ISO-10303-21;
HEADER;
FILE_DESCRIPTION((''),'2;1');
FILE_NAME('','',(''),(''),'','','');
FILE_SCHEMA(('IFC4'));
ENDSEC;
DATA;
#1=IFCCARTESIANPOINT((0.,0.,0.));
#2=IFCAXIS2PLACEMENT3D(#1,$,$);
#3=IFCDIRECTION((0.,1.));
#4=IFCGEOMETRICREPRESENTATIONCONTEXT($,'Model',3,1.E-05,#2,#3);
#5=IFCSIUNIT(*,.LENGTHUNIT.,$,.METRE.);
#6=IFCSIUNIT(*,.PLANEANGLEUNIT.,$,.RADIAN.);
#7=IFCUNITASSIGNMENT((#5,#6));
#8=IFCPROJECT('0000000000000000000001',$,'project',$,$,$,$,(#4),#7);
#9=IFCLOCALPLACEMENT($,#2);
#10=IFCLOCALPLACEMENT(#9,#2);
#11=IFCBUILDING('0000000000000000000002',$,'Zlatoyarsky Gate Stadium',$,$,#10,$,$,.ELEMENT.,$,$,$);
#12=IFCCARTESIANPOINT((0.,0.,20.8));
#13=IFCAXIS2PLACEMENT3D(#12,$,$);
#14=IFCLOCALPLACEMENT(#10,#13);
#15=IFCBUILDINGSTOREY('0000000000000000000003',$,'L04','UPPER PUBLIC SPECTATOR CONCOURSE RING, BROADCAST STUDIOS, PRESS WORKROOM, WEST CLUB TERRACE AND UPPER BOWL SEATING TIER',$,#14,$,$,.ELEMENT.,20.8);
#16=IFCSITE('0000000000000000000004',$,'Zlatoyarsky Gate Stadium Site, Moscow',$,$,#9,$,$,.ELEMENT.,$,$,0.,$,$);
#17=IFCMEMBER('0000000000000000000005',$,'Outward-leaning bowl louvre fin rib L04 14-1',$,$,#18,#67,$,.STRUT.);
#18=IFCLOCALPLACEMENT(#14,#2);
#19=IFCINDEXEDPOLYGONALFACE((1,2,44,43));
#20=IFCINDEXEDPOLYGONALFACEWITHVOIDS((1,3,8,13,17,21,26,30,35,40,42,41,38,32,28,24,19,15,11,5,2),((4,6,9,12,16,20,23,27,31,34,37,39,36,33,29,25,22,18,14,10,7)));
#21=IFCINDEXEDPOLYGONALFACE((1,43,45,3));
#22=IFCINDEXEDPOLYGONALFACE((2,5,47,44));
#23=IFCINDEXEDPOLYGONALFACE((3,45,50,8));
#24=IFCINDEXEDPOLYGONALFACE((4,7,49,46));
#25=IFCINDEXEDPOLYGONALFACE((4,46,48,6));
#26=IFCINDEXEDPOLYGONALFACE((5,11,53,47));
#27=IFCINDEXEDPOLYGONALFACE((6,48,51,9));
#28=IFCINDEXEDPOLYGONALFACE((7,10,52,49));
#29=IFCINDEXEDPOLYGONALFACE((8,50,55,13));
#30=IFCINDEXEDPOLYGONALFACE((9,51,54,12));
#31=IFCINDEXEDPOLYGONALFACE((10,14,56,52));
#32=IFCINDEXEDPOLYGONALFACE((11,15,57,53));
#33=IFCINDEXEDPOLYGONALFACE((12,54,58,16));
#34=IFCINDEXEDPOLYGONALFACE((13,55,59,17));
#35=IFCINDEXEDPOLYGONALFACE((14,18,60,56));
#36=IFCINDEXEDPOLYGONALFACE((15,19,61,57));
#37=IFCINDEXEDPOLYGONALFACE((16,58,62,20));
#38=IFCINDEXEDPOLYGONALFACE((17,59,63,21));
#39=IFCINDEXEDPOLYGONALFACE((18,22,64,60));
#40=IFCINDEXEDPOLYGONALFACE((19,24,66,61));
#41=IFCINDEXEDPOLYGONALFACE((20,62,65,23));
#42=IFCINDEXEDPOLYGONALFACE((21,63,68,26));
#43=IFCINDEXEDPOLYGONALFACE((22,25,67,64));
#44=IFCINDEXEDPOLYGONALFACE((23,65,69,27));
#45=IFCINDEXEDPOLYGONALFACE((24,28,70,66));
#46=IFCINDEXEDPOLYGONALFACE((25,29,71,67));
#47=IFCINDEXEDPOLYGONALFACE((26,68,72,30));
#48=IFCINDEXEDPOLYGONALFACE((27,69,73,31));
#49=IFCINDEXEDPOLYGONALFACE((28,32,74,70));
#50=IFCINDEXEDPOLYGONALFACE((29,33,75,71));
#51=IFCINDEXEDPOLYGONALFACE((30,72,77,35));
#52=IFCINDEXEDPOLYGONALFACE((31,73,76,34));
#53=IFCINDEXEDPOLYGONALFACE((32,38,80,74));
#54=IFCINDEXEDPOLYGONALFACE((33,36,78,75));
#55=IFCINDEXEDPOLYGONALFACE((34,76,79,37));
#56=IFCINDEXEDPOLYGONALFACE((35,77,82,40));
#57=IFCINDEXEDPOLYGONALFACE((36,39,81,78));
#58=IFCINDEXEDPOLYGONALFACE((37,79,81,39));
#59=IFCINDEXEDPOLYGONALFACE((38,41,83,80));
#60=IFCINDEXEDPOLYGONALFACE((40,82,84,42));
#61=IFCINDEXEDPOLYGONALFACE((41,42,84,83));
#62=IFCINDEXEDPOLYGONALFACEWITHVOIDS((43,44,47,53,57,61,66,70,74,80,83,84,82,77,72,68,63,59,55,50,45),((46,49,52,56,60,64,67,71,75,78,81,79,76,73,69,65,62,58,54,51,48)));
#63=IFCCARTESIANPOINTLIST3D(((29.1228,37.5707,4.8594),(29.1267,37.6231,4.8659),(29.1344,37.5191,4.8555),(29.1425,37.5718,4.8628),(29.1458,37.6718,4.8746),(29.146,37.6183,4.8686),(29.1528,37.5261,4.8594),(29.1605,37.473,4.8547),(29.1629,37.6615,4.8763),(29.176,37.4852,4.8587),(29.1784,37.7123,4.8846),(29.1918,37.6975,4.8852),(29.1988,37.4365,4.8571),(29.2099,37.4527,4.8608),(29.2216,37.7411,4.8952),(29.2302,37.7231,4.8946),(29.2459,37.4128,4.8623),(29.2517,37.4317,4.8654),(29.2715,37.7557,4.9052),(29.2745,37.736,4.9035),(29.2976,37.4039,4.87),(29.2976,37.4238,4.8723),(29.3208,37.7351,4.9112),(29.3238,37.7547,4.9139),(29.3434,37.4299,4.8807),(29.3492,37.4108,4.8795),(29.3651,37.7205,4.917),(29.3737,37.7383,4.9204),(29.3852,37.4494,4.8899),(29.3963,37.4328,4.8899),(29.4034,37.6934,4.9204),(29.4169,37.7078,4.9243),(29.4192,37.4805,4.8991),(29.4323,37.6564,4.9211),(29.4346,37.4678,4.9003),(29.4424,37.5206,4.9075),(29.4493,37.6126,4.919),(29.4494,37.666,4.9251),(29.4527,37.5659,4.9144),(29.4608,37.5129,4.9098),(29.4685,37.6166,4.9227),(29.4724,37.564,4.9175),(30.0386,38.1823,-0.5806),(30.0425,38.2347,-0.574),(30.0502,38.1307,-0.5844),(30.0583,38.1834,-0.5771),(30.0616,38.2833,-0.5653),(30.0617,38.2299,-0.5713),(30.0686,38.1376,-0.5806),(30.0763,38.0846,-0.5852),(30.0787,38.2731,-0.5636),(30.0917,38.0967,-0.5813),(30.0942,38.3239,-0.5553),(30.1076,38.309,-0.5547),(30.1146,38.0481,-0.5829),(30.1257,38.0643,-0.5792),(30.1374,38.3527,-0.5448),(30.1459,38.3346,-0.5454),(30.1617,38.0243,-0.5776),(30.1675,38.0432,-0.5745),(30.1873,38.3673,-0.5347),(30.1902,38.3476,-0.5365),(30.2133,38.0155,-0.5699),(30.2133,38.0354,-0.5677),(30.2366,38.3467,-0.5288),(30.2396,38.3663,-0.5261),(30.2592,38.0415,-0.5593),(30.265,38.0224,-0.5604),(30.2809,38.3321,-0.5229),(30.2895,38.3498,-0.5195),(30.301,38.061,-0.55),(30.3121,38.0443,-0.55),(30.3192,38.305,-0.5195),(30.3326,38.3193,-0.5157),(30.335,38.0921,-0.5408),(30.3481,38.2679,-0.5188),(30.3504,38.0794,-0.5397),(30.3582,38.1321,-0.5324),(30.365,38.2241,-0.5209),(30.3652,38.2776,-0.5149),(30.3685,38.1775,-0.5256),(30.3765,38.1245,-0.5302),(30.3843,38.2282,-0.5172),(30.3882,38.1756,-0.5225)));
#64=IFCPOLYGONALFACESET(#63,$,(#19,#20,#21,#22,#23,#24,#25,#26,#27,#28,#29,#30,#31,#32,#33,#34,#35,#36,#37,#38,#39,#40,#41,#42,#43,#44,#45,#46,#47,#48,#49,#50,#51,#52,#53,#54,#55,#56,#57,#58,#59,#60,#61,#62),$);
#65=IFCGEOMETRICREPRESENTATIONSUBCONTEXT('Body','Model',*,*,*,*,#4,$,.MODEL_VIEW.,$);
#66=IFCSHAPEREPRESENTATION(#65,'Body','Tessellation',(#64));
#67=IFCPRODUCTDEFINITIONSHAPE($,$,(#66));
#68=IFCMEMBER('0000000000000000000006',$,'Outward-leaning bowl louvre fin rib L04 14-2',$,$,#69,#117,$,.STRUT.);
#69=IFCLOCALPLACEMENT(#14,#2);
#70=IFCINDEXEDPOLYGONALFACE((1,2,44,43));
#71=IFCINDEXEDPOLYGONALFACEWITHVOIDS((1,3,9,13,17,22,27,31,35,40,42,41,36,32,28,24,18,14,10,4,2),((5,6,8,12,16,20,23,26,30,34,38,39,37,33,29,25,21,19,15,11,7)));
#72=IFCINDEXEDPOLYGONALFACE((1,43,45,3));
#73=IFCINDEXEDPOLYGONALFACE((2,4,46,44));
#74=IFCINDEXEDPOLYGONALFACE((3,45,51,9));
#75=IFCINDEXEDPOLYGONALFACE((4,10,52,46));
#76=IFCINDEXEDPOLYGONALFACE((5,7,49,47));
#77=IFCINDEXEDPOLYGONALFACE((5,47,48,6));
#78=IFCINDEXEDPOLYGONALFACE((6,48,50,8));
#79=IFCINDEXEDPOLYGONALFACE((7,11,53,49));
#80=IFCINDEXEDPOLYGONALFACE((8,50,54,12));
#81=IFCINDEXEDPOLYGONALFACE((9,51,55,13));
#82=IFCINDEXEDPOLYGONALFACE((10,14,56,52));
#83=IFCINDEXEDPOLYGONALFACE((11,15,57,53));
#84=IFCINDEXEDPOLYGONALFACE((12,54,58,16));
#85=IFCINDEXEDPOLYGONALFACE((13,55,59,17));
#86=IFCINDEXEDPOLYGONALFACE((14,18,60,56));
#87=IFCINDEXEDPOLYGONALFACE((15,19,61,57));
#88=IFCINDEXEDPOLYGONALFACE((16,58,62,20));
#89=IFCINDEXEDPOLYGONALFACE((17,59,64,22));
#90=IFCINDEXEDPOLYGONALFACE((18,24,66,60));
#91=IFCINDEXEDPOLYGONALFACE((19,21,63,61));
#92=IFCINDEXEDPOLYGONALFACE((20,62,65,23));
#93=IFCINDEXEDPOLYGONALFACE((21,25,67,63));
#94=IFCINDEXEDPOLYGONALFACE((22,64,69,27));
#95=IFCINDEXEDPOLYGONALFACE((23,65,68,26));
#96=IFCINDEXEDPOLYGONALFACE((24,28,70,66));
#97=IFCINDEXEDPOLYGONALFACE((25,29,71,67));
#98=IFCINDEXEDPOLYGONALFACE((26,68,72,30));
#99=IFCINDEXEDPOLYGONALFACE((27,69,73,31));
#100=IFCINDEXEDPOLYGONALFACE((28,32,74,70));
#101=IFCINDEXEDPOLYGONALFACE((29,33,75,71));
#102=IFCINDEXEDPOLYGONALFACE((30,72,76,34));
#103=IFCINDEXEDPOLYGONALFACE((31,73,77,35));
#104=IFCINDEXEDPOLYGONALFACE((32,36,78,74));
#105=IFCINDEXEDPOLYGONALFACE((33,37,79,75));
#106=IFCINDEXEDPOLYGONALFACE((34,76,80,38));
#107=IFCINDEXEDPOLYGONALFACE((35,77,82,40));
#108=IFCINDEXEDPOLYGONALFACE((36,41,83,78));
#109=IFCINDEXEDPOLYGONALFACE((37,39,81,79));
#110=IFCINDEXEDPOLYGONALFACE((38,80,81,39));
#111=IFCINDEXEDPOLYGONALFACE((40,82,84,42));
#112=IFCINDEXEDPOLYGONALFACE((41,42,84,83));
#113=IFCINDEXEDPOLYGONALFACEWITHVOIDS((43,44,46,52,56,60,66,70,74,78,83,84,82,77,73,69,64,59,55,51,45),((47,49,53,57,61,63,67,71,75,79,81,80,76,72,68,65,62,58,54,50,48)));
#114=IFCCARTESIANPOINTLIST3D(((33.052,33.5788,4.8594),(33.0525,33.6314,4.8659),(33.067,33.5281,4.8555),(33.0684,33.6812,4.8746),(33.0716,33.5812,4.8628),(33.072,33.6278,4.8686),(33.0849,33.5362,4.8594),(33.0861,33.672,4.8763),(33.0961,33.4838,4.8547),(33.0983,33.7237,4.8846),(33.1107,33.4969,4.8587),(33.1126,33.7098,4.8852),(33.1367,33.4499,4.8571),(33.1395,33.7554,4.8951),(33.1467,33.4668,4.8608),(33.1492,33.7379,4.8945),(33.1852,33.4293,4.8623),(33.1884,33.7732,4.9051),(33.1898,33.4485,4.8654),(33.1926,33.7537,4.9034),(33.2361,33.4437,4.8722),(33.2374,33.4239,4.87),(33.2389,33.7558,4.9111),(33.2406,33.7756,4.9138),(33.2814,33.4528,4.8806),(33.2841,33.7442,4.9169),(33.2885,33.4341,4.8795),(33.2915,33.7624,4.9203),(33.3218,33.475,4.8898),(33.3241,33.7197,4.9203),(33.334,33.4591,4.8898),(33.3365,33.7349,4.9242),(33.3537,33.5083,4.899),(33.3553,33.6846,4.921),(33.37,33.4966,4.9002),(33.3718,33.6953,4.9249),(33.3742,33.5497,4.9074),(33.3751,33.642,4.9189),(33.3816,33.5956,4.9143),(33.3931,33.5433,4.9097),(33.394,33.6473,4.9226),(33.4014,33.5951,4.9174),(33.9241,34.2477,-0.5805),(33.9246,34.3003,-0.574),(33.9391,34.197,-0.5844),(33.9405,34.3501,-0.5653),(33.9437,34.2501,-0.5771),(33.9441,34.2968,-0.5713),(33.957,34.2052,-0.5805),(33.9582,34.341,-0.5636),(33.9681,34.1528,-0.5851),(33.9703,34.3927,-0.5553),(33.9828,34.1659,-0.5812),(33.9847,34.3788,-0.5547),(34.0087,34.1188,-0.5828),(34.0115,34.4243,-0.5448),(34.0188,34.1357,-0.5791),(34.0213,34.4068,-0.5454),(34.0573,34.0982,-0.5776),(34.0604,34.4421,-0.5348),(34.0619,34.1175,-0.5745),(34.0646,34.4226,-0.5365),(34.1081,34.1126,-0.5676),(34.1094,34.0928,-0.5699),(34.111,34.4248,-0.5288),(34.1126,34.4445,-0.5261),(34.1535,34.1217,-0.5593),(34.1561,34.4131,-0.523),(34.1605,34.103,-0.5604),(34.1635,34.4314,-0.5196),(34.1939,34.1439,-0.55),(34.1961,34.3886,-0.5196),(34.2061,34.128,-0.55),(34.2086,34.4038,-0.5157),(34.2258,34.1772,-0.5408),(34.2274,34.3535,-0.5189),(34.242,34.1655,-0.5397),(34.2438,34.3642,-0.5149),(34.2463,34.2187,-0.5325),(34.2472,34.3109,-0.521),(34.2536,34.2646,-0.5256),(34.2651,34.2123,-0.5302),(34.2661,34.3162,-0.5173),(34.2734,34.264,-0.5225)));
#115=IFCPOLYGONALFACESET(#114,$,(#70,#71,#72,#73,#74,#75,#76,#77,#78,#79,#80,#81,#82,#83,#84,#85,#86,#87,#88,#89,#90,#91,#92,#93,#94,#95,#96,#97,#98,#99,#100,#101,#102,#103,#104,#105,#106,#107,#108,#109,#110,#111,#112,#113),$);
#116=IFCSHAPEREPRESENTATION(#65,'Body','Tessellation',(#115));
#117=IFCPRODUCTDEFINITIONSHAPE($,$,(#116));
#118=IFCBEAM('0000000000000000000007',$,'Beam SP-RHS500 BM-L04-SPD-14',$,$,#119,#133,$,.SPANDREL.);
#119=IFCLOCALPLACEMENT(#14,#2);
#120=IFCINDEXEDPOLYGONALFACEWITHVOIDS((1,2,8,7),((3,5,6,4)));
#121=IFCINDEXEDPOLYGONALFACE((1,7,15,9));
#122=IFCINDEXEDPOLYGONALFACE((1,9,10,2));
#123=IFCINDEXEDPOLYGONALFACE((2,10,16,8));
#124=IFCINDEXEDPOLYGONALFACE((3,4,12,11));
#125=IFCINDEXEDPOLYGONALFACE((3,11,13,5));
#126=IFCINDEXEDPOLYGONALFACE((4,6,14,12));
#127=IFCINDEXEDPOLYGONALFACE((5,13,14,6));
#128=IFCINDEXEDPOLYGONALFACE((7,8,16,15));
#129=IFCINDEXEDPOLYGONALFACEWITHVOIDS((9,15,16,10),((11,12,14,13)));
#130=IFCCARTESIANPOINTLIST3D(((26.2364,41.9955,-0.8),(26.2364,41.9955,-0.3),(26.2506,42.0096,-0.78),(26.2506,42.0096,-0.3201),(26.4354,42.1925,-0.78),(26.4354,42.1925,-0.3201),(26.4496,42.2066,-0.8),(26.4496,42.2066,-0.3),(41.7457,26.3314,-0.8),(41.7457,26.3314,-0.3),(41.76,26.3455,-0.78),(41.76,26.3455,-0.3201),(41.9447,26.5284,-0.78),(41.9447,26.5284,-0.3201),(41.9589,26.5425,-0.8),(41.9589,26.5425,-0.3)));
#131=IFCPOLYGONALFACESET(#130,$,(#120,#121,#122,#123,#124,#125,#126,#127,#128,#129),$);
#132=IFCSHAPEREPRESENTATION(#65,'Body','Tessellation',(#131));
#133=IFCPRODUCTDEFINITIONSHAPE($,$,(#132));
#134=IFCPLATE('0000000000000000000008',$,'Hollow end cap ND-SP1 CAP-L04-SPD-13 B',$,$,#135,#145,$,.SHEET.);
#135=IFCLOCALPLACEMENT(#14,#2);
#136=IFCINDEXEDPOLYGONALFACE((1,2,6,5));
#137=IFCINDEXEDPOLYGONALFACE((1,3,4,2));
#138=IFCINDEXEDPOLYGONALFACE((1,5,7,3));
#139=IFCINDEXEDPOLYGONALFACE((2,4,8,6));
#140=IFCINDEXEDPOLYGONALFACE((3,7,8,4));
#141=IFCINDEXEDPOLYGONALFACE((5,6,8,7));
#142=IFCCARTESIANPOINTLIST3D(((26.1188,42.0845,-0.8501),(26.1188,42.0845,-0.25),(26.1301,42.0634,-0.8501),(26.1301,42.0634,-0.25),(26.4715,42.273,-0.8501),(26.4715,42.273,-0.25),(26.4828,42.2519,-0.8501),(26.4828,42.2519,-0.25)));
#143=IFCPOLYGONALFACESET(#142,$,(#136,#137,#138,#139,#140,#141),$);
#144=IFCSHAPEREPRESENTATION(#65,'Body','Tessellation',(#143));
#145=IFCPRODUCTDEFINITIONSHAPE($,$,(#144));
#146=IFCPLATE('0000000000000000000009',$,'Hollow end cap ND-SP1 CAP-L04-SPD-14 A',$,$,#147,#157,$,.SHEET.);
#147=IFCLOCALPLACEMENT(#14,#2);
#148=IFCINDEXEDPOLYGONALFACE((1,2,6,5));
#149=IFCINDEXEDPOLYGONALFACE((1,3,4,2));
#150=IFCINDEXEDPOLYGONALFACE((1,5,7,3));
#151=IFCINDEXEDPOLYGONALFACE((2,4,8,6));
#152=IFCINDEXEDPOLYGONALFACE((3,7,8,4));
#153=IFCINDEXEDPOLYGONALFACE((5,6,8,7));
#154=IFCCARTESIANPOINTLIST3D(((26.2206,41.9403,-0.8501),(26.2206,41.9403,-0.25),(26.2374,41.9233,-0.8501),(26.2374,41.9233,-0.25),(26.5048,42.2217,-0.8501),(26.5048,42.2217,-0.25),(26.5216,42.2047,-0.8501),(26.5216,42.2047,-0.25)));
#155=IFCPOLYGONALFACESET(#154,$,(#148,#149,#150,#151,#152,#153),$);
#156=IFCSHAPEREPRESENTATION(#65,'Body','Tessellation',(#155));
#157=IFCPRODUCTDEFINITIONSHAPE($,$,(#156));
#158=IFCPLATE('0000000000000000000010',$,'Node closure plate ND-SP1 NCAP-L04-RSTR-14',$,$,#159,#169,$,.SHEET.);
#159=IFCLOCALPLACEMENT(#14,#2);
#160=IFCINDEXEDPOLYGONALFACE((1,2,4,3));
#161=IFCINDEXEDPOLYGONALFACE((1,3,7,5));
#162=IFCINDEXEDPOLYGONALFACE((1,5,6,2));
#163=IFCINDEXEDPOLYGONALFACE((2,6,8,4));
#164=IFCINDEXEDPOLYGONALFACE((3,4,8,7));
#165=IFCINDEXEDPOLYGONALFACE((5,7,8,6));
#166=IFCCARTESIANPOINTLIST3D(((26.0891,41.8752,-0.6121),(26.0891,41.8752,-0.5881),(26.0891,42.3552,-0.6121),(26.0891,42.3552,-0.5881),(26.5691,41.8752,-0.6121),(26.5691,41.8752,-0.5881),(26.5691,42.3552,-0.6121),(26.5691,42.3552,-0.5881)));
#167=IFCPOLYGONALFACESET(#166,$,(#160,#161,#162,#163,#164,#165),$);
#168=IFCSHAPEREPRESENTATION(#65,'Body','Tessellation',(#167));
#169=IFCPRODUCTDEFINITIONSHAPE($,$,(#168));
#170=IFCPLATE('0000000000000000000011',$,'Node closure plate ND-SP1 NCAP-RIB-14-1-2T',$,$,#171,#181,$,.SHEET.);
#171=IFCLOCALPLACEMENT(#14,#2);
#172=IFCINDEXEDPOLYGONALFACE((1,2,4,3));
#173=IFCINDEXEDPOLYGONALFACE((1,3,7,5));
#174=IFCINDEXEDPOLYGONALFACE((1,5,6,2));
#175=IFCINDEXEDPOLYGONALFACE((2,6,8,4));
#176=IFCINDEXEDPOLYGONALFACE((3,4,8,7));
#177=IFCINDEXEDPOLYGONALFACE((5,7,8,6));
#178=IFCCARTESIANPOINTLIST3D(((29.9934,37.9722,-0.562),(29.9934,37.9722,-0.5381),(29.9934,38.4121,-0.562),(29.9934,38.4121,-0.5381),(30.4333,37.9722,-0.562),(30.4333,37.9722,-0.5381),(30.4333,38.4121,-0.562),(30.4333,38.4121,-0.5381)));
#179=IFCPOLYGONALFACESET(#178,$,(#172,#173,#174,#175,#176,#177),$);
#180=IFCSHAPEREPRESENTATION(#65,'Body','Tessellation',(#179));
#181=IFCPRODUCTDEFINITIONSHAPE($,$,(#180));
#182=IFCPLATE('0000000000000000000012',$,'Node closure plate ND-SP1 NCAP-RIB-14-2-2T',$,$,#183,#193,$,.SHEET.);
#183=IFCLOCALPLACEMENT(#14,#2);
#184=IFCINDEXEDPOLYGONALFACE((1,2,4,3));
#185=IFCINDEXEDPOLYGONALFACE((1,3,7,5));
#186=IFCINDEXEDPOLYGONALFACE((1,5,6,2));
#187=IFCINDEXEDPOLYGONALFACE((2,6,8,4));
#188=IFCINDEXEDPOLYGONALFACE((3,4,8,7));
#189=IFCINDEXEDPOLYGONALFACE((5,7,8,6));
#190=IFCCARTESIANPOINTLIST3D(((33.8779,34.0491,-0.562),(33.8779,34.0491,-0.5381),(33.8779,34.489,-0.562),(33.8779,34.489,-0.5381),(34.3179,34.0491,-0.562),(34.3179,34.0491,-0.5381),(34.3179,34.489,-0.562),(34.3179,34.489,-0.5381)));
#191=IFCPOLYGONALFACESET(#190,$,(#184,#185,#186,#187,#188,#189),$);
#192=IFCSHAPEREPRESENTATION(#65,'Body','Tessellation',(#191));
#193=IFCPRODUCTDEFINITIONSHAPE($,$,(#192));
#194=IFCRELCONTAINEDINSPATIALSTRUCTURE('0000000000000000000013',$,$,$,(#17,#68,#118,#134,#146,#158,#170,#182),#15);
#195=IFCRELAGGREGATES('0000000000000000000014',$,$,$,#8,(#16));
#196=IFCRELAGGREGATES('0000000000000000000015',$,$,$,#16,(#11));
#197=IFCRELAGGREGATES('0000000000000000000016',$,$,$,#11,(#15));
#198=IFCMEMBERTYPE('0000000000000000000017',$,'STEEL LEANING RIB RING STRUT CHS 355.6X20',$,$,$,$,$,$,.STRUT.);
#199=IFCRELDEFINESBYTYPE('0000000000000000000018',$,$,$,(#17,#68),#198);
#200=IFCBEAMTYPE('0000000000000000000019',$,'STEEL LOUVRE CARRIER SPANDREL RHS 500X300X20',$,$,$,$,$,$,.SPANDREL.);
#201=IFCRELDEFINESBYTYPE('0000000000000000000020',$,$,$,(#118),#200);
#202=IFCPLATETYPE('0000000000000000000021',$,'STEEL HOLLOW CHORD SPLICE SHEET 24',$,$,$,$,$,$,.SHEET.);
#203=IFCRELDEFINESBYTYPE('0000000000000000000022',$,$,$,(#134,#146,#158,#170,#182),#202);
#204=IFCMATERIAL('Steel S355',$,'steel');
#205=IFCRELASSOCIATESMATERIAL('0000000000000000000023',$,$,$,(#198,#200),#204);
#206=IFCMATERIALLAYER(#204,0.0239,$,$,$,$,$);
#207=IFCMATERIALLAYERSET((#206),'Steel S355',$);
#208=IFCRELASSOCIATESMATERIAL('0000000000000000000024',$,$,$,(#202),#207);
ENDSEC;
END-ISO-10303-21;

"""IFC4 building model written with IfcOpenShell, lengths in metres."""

from ifc_helpers import new_model, si_unit, direction, frame, origin, origin_2d, place, context, subcontext, project, spatial, rectangle, hollow_rectangle, hollow_circle, extrude, material, layer, layer_set, material_profile, profile_set, type_object, element, save


model = new_model("IFC4")

# Units and contexts
model_context = context("Model", 3, precision=1e-05, world=origin(), true_north=direction((0.0, 1.0)))
body_context = subcontext(model_context, "Body", "Model", "MODEL_VIEW")
ifc_project = project(units=[si_unit("LENGTHUNIT", "METRE"), si_unit("PLANEANGLEUNIT", "RADIAN")], contexts=[model_context])

# Site, building, storey
site_placement = place(None, origin())
site = spatial("IfcSite", under=ifc_project, at=site_placement, Name="Zlatoyarsky Gate Stadium Site, Moscow", CompositionType="ELEMENT", RefElevation=0.0)
building_placement = place(site_placement, origin())
building = spatial("IfcBuilding", under=site, at=building_placement, Name="Zlatoyarsky Gate Stadium", CompositionType="ELEMENT")
storey_placement = place(building_placement, frame((0.0, 0.0, 20.8)))
storey = spatial("IfcBuildingStorey", under=building, at=storey_placement, Name="L04", Description="UPPER PUBLIC SPECTATOR CONCOURSE RING, BROADCAST STUDIOS, PRESS WORKROOM, WEST CLUB TERRACE AND UPPER BOWL SEATING TIER", CompositionType="ELEMENT", Elevation=20.8)

# Shared definitions
ifc_material_1 = material(Name="Steel S355", Category="steel")

# Members
ifc_material_profile_1 = material_profile(ifc_material_1, hollow_circle(Radius=0.1777, WallThickness=0.02, at=origin_2d()), Name="CHS 355.6X20")
ifc_profile_set_1 = profile_set([ifc_material_profile_1], Name="Steel S355")
member_type_1 = type_object("IfcMemberType", Name="STEEL LEANING RIB RING STRUT CHS 355.6X20", PredefinedType="STRUT", material=ifc_profile_set_1)
member_1_placement = place(storey_placement, frame((30.2134, 38.1921, -0.55), z_axis=(-0.164996, -0.110188, 0.98012), x_axis=(0.555365, -0.831607, 0.0)))
element("IfcMember", 1, at=member_1_placement, inside=storey, type_object=member_type_1, Name="Outward-leaning bowl louvre fin rib L04 14-1", PredefinedType="STRUT", context=body_context, shape_type="SweptSolid", body=[
    extrude(hollow_circle(Radius=0.1777, WallThickness=0.02, at=origin_2d()), origin(), (0.0, 0.0, 1.0), 5.5503),
])
member_2_placement = place(storey_placement, frame((34.0979, 34.269, -0.55), z_axis=(-0.157134, -0.120534, 0.980194), x_axis=(0.608637, -0.793449, 0.0)))
element("IfcMember", 2, at=member_2_placement, inside=storey, type_object=member_type_1, Name="Outward-leaning bowl louvre fin rib L04 14-2", PredefinedType="STRUT", context=body_context, shape_type="SweptSolid", body=[
    extrude(hollow_circle(Radius=0.1777, WallThickness=0.02, at=origin_2d()), origin(), (0.0, 0.0, 1.0), 5.5498),
])

# Beam
ifc_material_profile_2 = material_profile(ifc_material_1, hollow_rectangle(XDim=0.3, YDim=0.5, WallThickness=0.02, at=origin_2d()), Name="RHS 500X300X20")
ifc_profile_set_2 = profile_set([ifc_material_profile_2], Name="Steel S355")
beam_type_1 = type_object("IfcBeamType", Name="STEEL LOUVRE CARRIER SPANDREL RHS 500X300X20", PredefinedType="SPANDREL", material=ifc_profile_set_2)
beam_1_placement = place(storey_placement, frame((26.343, 42.1011, -0.55), z_axis=(0.703587, -0.710609, 0.0), x_axis=(0.710609, 0.703587, 0.0)))
element("IfcBeam", 3, at=beam_1_placement, inside=storey, type_object=beam_type_1, Name="Beam SP-RHS500 BM-L04-SPD-14", PredefinedType="SPANDREL", context=body_context, shape_type="SweptSolid", body=[
    extrude(hollow_rectangle(XDim=0.3, YDim=0.5, WallThickness=0.02, at=origin_2d()), origin(), (0.0, 0.0, 1.0), 22.0432),
])

# Plates
ifc_layer_1 = layer(ifc_material_1, 0.0239)
ifc_layer_set_1 = layer_set([ifc_layer_1], Name="Steel S355")
plate_type_1 = type_object("IfcPlateType", Name="STEEL HOLLOW CHORD SPLICE SHEET 24", PredefinedType="SHEET", material=ifc_layer_set_1)
for number, where, z_axis, x_axis, name in (
    (4, (26.3008, 42.1682, -0.8501), (0.0, 0.0, 1.0), (0.471376, -0.881933, 0.0), "Hollow end cap ND-SP1 CAP-L04-SPD-13 B"),
    (5, (26.3711, 42.0725, -0.8501), (0.0, 0.0, 1.0), (0.703591, -0.710605, 0.0), "Hollow end cap ND-SP1 CAP-L04-SPD-14 A"),
):
    element("IfcPlate", number, at=place(storey_placement, frame(where, z_axis=z_axis, x_axis=x_axis)), inside=storey, type_object=plate_type_1, Name=name, PredefinedType="SHEET", context=body_context, shape_type="SweptSolid", body=[
        extrude(rectangle(XDim=0.0239, YDim=0.3999, at=origin_2d()), origin(), (0.0, 0.0, 1.0), 0.6001),
    ])
plate_1_placement = place(storey_placement, frame((26.3291, 42.1152, -0.6121), z_axis=(0.0, 0.0, 1.0), x_axis=(1.0, 0.0, 0.0)))
element("IfcPlate", 6, at=plate_1_placement, inside=storey, type_object=plate_type_1, Name="Node closure plate ND-SP1 NCAP-L04-RSTR-14", PredefinedType="SHEET", context=body_context, shape_type="SweptSolid", body=[
    extrude(rectangle(XDim=0.48, YDim=0.48, at=origin_2d()), origin(), (0.0, 0.0, 1.0), 0.0239),
])
for number, where, z_axis, x_axis, name in (
    (7, (30.2134, 38.1921, -0.562), (0.0, 0.0, 1.0), (1.0, 0.0, 0.0), "Node closure plate ND-SP1 NCAP-RIB-14-1-2T"),
    (8, (34.0979, 34.269, -0.562), (0.0, 0.0, 1.0), (1.0, 0.0, 0.0), "Node closure plate ND-SP1 NCAP-RIB-14-2-2T"),
):
    element("IfcPlate", number, at=place(storey_placement, frame(where, z_axis=z_axis, x_axis=x_axis)), inside=storey, type_object=plate_type_1, Name=name, PredefinedType="SHEET", context=body_context, shape_type="SweptSolid", body=[
        extrude(rectangle(XDim=0.4399, YDim=0.4399, at=origin_2d()), origin(), (0.0, 0.0, 1.0), 0.0239),
    ])

save(model, "model.ifc")
